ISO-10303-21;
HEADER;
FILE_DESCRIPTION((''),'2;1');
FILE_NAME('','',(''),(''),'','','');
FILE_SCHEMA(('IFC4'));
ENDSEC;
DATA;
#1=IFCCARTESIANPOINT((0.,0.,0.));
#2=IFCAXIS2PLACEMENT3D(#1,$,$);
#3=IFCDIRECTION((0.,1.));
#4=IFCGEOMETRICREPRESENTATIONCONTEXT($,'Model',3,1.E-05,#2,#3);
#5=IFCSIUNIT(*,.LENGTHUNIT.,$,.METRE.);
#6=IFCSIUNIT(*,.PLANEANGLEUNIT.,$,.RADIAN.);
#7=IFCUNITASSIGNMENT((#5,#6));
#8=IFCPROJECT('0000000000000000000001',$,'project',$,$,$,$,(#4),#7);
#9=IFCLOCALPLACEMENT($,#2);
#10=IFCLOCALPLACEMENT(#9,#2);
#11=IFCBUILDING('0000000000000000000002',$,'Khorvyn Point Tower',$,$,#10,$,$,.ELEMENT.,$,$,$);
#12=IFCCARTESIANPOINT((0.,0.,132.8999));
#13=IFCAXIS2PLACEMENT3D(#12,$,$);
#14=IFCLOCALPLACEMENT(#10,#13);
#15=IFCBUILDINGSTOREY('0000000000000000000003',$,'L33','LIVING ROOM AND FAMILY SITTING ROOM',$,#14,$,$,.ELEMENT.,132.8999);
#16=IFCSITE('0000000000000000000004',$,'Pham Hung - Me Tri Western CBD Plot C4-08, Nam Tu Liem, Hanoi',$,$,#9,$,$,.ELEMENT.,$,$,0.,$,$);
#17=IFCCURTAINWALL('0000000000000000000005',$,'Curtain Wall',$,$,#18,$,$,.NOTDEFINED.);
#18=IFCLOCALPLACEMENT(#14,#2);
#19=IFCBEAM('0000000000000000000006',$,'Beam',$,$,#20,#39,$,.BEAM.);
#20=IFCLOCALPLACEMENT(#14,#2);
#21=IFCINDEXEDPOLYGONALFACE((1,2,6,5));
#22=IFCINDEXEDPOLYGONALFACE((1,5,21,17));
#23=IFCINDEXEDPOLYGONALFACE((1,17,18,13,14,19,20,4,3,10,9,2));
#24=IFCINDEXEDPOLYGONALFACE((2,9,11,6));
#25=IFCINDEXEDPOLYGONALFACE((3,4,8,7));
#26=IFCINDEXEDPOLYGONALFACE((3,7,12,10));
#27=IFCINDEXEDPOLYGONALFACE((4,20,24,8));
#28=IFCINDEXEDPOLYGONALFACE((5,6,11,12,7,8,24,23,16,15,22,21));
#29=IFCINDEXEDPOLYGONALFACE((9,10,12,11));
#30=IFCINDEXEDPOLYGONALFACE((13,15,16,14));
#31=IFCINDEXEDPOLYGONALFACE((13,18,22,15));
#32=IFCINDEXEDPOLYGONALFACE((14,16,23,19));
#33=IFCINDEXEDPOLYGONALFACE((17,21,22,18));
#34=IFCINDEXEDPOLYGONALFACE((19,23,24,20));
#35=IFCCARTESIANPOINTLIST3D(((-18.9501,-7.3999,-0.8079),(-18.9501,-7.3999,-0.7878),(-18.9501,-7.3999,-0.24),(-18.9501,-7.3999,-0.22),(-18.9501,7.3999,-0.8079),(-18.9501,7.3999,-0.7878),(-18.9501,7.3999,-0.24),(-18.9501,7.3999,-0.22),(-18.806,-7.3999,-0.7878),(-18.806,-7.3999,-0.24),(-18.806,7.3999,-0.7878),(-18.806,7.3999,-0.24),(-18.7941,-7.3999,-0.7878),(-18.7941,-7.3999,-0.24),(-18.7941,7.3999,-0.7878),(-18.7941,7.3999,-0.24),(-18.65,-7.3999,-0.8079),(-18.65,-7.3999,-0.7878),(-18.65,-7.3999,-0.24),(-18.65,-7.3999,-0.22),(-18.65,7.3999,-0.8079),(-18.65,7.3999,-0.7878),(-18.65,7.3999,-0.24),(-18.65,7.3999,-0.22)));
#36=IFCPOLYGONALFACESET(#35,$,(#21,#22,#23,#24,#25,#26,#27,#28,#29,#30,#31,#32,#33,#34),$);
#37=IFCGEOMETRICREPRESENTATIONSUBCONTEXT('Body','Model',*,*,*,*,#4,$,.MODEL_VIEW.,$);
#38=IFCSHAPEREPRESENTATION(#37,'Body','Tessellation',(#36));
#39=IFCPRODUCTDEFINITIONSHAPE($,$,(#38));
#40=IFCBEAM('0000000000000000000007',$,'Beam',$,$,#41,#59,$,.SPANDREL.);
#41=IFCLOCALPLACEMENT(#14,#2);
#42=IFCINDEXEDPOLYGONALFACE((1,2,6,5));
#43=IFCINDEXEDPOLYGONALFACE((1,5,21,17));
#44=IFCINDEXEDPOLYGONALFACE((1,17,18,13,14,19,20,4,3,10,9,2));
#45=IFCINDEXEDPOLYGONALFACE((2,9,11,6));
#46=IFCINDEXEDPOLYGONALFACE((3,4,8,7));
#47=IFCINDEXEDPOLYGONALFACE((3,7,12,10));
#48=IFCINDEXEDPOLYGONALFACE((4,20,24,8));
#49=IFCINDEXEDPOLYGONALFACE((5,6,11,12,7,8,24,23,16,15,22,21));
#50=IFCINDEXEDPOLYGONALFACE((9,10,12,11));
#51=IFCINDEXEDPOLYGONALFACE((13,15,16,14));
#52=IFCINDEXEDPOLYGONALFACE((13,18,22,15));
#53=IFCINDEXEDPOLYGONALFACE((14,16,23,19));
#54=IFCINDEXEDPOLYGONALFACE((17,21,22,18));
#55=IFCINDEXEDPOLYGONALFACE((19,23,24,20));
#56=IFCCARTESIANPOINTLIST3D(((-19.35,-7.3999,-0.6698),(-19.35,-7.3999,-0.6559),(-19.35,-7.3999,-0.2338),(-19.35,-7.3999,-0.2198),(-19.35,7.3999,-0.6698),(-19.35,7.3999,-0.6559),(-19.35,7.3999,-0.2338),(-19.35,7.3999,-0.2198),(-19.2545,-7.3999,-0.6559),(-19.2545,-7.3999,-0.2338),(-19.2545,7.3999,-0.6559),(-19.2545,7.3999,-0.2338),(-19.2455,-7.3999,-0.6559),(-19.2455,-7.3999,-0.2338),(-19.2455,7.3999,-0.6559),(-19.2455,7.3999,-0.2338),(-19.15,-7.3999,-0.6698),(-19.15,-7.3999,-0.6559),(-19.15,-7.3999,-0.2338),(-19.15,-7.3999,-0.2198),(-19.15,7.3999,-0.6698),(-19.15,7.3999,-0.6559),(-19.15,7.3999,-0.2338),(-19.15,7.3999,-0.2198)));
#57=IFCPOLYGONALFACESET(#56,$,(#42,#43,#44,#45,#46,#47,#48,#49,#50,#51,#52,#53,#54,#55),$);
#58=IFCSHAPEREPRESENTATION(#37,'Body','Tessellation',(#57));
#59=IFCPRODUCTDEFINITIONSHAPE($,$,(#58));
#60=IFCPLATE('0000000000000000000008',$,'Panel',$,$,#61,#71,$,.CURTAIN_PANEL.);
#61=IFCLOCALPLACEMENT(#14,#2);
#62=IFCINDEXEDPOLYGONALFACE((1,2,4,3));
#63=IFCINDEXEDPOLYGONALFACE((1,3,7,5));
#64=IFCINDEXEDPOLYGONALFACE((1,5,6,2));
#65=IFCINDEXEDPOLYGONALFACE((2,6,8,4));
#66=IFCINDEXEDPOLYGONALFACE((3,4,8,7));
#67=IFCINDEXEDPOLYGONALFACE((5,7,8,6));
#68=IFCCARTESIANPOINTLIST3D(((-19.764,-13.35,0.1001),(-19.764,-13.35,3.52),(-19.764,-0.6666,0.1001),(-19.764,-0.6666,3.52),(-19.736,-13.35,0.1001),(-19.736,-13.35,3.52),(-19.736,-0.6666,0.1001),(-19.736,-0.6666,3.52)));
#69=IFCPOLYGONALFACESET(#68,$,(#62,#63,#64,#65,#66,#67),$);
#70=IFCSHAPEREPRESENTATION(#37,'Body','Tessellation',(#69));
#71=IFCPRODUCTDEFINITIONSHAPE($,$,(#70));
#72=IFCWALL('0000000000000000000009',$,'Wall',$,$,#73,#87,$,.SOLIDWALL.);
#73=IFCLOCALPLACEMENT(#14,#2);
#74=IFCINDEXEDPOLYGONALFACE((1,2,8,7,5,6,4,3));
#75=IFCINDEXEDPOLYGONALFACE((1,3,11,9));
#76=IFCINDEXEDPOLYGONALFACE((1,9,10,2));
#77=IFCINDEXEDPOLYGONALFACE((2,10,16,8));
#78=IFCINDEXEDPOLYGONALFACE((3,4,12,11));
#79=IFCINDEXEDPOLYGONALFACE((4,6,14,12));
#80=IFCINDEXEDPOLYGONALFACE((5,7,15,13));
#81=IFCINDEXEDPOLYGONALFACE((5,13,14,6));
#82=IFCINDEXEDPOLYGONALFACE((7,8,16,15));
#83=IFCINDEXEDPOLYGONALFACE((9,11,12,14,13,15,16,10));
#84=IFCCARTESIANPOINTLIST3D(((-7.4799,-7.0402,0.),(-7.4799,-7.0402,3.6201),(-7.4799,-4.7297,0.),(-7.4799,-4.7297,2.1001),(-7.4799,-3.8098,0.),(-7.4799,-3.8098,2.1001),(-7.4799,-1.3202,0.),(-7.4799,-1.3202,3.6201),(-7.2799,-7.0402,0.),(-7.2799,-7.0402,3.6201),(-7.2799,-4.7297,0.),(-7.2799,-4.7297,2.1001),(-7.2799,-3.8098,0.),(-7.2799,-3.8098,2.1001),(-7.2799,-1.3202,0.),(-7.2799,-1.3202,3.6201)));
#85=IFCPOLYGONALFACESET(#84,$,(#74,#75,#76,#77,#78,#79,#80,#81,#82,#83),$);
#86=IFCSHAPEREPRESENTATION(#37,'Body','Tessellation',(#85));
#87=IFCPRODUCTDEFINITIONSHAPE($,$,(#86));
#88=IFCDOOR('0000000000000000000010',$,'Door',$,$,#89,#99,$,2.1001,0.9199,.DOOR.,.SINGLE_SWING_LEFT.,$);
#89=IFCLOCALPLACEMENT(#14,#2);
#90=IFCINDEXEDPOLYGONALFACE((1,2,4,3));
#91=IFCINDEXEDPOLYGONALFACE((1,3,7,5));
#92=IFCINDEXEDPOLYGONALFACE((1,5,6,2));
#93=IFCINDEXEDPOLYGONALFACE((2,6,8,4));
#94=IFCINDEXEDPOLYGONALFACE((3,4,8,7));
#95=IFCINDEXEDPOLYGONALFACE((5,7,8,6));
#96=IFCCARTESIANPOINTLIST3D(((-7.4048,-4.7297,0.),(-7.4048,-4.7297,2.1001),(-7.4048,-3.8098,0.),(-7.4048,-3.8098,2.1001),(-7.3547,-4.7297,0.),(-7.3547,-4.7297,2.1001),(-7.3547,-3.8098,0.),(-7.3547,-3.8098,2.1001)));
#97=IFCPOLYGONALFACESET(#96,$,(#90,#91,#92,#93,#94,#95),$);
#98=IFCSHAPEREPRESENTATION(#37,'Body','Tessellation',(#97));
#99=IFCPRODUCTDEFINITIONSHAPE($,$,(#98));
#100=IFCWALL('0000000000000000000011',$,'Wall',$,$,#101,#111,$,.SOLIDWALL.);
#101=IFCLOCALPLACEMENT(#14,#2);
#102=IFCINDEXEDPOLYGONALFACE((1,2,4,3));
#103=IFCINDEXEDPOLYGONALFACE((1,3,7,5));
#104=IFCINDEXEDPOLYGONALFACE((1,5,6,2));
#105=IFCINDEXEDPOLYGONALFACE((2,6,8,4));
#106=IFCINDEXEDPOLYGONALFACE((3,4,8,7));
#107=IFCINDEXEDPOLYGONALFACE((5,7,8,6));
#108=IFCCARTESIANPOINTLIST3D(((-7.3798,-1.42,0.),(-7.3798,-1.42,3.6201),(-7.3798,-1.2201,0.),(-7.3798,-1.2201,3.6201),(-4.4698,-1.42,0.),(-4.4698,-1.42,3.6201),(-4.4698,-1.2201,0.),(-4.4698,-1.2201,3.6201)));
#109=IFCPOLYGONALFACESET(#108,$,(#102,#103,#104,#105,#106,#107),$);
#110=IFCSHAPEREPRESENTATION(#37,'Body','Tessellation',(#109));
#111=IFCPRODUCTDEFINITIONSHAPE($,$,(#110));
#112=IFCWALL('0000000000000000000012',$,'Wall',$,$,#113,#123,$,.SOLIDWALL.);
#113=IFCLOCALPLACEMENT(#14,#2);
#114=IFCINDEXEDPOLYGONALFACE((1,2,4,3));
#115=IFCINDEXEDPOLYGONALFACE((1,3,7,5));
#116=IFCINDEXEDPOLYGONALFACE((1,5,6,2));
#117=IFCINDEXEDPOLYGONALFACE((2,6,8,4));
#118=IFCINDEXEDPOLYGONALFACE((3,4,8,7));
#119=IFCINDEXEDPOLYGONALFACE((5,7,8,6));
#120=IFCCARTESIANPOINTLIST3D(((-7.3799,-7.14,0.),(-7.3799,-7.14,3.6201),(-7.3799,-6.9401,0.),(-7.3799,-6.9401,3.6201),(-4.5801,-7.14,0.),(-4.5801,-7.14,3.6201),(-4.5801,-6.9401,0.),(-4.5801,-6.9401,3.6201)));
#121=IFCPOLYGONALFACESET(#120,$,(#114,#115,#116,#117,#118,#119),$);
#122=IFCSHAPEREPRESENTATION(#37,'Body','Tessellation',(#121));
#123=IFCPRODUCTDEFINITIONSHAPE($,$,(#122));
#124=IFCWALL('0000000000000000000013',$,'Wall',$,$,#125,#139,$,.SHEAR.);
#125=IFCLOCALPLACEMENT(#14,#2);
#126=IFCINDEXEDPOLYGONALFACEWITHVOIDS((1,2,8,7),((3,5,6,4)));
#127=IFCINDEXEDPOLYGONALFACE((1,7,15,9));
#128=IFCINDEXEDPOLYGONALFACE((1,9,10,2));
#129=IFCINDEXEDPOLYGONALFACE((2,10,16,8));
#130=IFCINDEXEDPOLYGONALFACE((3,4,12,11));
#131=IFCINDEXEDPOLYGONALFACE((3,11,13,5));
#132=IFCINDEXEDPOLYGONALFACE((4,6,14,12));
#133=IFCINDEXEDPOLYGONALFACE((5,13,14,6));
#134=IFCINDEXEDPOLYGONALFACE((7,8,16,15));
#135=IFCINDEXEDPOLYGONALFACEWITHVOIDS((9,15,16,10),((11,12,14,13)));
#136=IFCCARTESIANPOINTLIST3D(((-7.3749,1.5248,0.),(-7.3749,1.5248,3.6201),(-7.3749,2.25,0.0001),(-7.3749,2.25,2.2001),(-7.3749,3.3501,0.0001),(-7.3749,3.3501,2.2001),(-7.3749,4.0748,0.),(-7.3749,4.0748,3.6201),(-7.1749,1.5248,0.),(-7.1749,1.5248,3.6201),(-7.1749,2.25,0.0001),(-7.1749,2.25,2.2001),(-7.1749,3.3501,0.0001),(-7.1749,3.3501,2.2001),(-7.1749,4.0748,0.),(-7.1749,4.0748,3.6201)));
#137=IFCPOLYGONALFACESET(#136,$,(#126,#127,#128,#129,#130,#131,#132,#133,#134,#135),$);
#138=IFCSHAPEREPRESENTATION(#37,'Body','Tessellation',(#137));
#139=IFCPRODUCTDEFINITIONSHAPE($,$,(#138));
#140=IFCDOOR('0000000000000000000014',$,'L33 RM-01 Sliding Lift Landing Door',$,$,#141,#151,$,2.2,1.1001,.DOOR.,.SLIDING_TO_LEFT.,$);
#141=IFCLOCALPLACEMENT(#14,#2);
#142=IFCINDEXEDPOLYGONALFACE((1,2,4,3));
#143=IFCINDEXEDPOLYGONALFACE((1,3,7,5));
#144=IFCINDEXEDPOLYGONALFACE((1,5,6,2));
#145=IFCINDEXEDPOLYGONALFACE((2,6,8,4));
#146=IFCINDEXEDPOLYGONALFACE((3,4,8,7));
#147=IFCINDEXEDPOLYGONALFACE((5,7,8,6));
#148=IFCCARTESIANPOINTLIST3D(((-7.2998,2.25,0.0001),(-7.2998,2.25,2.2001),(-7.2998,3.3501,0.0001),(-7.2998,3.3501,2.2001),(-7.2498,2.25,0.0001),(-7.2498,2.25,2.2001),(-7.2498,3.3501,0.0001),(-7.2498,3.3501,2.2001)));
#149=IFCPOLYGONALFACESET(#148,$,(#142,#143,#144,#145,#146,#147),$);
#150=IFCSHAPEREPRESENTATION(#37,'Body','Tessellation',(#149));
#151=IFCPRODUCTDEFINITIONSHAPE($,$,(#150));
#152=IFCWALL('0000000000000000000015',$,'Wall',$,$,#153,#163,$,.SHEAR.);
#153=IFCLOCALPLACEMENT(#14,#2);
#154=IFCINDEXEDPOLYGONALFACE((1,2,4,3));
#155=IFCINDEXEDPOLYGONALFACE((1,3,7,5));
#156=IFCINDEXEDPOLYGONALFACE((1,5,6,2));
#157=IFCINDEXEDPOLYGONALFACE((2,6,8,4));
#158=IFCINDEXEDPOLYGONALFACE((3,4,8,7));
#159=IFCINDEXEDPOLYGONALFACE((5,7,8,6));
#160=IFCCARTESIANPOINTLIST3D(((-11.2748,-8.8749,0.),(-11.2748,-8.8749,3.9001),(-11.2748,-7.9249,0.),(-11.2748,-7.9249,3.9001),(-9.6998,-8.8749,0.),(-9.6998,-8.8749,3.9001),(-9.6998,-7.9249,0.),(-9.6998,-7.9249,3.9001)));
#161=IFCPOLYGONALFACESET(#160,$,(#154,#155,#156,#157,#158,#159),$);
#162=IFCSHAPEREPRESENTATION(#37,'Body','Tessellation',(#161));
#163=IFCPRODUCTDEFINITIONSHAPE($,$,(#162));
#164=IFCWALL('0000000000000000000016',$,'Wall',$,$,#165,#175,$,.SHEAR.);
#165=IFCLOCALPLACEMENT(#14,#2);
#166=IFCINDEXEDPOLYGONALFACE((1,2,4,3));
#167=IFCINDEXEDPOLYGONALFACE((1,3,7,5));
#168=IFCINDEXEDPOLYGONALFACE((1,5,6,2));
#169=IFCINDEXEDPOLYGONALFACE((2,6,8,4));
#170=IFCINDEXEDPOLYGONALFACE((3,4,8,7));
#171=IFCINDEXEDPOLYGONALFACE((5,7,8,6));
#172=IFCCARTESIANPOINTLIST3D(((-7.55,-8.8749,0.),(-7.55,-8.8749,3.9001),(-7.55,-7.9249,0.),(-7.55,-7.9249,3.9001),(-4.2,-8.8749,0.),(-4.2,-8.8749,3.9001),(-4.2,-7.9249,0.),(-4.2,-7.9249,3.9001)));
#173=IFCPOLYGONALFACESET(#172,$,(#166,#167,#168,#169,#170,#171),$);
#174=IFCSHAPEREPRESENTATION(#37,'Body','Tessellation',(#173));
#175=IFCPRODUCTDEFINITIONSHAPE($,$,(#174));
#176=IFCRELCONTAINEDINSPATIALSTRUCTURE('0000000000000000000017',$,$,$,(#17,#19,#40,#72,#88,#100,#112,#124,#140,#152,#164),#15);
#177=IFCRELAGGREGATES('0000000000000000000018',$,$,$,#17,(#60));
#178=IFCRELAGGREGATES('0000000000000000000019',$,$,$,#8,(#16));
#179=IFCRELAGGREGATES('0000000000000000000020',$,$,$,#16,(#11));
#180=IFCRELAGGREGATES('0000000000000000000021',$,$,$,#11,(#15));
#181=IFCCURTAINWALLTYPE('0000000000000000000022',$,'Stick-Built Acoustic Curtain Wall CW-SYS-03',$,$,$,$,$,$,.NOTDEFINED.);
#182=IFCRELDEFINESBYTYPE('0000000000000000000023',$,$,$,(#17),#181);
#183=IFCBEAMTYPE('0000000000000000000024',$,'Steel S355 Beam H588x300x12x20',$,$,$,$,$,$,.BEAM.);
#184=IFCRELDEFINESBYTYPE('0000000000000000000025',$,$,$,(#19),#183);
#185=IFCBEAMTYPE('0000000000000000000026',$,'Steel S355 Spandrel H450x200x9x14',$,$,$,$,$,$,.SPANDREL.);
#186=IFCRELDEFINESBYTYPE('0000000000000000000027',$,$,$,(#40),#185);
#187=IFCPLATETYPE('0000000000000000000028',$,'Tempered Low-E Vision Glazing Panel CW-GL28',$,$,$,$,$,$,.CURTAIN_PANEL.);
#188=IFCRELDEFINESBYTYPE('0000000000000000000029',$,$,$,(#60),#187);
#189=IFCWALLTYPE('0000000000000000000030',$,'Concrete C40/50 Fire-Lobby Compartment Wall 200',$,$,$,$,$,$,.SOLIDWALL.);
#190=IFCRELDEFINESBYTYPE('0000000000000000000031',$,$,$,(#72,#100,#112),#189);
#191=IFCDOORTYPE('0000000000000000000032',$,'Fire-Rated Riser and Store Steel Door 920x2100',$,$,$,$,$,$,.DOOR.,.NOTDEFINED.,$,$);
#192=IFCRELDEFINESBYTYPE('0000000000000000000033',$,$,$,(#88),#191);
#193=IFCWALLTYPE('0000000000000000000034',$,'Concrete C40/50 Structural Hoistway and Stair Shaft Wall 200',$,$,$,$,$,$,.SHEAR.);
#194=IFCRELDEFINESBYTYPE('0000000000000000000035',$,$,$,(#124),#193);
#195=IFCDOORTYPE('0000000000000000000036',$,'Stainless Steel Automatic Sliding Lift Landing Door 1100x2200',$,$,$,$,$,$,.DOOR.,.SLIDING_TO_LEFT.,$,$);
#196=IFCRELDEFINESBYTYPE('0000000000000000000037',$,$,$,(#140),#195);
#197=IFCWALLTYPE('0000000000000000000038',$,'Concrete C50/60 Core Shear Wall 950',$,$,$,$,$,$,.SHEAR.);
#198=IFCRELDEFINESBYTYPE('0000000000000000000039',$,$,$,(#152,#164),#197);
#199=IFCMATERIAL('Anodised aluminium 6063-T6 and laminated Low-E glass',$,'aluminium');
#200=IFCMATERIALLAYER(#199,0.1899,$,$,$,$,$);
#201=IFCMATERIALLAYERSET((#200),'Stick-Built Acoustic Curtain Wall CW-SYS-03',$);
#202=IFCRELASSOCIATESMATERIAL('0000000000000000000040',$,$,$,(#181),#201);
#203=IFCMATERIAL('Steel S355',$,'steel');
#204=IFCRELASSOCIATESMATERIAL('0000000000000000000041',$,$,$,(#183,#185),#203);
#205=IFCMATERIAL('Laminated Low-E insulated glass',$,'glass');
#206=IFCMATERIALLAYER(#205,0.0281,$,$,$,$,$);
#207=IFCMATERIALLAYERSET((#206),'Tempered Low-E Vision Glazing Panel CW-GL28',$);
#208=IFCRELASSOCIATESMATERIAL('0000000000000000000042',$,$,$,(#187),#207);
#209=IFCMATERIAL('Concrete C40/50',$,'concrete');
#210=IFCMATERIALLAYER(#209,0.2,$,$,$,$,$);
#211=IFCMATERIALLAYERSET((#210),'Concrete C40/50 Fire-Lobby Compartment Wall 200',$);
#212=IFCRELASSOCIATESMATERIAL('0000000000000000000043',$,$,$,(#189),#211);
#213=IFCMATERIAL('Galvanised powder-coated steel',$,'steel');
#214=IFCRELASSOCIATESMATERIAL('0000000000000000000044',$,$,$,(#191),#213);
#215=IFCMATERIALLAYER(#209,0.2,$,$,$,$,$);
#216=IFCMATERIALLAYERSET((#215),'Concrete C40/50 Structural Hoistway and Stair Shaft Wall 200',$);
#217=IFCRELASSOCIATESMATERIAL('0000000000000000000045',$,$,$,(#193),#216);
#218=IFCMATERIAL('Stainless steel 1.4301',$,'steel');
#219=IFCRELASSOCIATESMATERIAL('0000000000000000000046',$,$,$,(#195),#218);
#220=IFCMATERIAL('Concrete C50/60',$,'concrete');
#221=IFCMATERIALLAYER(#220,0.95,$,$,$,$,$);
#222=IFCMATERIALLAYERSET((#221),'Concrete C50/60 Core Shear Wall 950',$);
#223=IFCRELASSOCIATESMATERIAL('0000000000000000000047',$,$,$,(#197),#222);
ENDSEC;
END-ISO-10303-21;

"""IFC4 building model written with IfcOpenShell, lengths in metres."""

from ifc_helpers import new_model, si_unit, direction, frame, frame_2d, origin, origin_2d, place, context, subcontext, project, spatial, rectangle, i_section, extrude, material, layer, layer_set, material_profile, profile_set, type_object, element, fill, aggregate, save


model = new_model("IFC4")

# Units and contexts
model_context = context("Model", 3, precision=1e-05, world=origin(), true_north=direction((0.0, 1.0)))
body_context = subcontext(model_context, "Body", "Model", "MODEL_VIEW")
ifc_project = project(units=[si_unit("LENGTHUNIT", "METRE"), si_unit("PLANEANGLEUNIT", "RADIAN")], contexts=[model_context])

# Site, building, storey
site_placement = place(None, origin())
site = spatial("IfcSite", under=ifc_project, at=site_placement, Name="Pham Hung - Me Tri Western CBD Plot C4-08, Nam Tu Liem, Hanoi", CompositionType="ELEMENT", RefElevation=0.0)
building_placement = place(site_placement, origin())
building = spatial("IfcBuilding", under=site, at=building_placement, Name="Khorvyn Point Tower", CompositionType="ELEMENT")
storey_placement = place(building_placement, frame((0.0, 0.0, 132.8999)))
storey = spatial("IfcBuildingStorey", under=building, at=storey_placement, Name="L33", Description="LIVING ROOM AND FAMILY SITTING ROOM", CompositionType="ELEMENT", Elevation=132.8999)

# Shared definitions
ifc_material_1 = material(Name="Concrete C50/60", Category="concrete")

# Curtain wall
ifc_material_2 = material(Name="Anodised aluminium 6063-T6 and laminated Low-E glass", Category="aluminium")
ifc_layer_1 = layer(ifc_material_2, 0.1899)
ifc_layer_set_1 = layer_set([ifc_layer_1], Name="Stick-Built Acoustic Curtain Wall CW-SYS-03")
curtain_wall_type = type_object("IfcCurtainWallType", Name="Stick-Built Acoustic Curtain Wall CW-SYS-03", PredefinedType="NOTDEFINED", material=ifc_layer_set_1)
curtain_wall_placement = place(storey_placement, origin())
curtain_wall = element("IfcCurtainWall", 1, at=curtain_wall_placement, inside=storey, type_object=curtain_wall_type, Name="Curtain Wall", PredefinedType="NOTDEFINED")

# Beams
ifc_material_3 = material(Name="Steel S355", Category="steel")
ifc_material_profile_1 = material_profile(ifc_material_3, i_section(OverallWidth=0.3, OverallDepth=0.5879, WebThickness=0.012, FlangeThickness=0.02, at=origin_2d()))
ifc_profile_set_1 = profile_set([ifc_material_profile_1], Name="Steel S355 H588x300x12x20")
beam_type_1 = type_object("IfcBeamType", Name="Steel S355 Beam H588x300x12x20", PredefinedType="BEAM", material=ifc_profile_set_1)
for number, where, z_axis, x_axis, name in (
    (2, (-18.8, -7.3999, -0.5139), (0.0, 1.0, 0.0), (-1.0, 0.0, 0.0), "Beam"),
):
    element("IfcBeam", number, at=place(storey_placement, frame(where, z_axis=z_axis, x_axis=x_axis)), inside=storey, type_object=beam_type_1, Name=name, PredefinedType="BEAM", context=body_context, shape_type="SweptSolid", body=[
        extrude(i_section(OverallWidth=0.3, OverallDepth=0.5879, WebThickness=0.012, FlangeThickness=0.02, at=origin_2d()), origin(), (0.0, 0.0, 1.0), 14.7998),
    ])
ifc_material_profile_2 = material_profile(ifc_material_3, i_section(OverallWidth=0.2, OverallDepth=0.45, WebThickness=0.009, FlangeThickness=0.0139, at=origin_2d()))
ifc_profile_set_2 = profile_set([ifc_material_profile_2], Name="Steel S355 H450x200x9x14")
beam_type_2 = type_object("IfcBeamType", Name="Steel S355 Spandrel H450x200x9x14", PredefinedType="SPANDREL", material=ifc_profile_set_2)
beam_1_placement = place(storey_placement, frame((-19.25, -7.3999, -0.4448), z_axis=(0.0, 1.0, 0.0), x_axis=(-1.0, 0.0, 0.0)))
element("IfcBeam", 3, at=beam_1_placement, inside=storey, type_object=beam_type_2, Name="Beam", PredefinedType="SPANDREL", context=body_context, shape_type="SweptSolid", body=[
    extrude(i_section(OverallWidth=0.2, OverallDepth=0.45, WebThickness=0.009, FlangeThickness=0.0139, at=origin_2d()), origin(), (0.0, 0.0, 1.0), 14.7998),
])

# Plate
ifc_material_4 = material(Name="Laminated Low-E insulated glass", Category="glass")
ifc_layer_2 = layer(ifc_material_4, 0.0281)
ifc_layer_set_2 = layer_set([ifc_layer_2], Name="Tempered Low-E Vision Glazing Panel CW-GL28")
plate_type = type_object("IfcPlateType", Name="Tempered Low-E Vision Glazing Panel CW-GL28", PredefinedType="CURTAIN_PANEL", material=ifc_layer_set_2)
plate_placement = place(storey_placement, frame((-19.75, -7.0083, 0.1001), z_axis=(0.0, 0.0, 1.0), x_axis=(0.0, 1.0, 0.0)))
plate = element("IfcPlate", 4, at=plate_placement, type_object=plate_type, Name="Panel", PredefinedType="CURTAIN_PANEL", context=body_context, shape_type="SweptSolid", body=[
    extrude(rectangle(XDim=12.6833, YDim=0.0281, at=origin_2d()), origin(), (0.0, 0.0, 1.0), 3.4199),
])
aggregate(curtain_wall, [plate])

# Wall, opening, door
ifc_material_5 = material(Name="Concrete C40/50", Category="concrete")
ifc_layer_3 = layer(ifc_material_5, 0.2)
ifc_layer_set_3 = layer_set([ifc_layer_3], Name="Concrete C40/50 Fire-Lobby Compartment Wall 200")
wall_type_1 = type_object("IfcWallType", Name="Concrete C40/50 Fire-Lobby Compartment Wall 200", PredefinedType="SOLIDWALL", material=ifc_layer_set_3)
ifc_material_6 = material(Name="Galvanised powder-coated steel", Category="steel")
wall_1_placement = place(storey_placement, frame((-7.3799, -7.04, 0.0), z_axis=(0.0, 0.0, 1.0), x_axis=(0.0, 1.0, 0.0)))
wall_1 = element("IfcWall", 5, at=wall_1_placement, inside=storey, type_object=wall_type_1, Name="Wall", PredefinedType="SOLIDWALL", context=body_context, shape_type="SweptSolid", body=[
    extrude(rectangle(XDim=5.72, YDim=0.2, at=frame_2d((2.8599, 0.0))), origin(), (0.0, 0.0, 1.0), 3.6201),
])
opening_1_placement = place(wall_1_placement, frame((2.3103, 0.0, 0.0)))
opening_1 = element("IfcOpeningElement", 6, at=opening_1_placement, cuts=wall_1, PredefinedType="OPENING", context=body_context, shape_type="SweptSolid", body=[
    extrude(rectangle(XDim=0.9199, YDim=2.1001, at=frame_2d((0.46, 1.05))), frame((0.0, 0.1099, 0.0), z_axis=(0.0, -1.0, 0.0), x_axis=(1.0, 0.0, 0.0)), (0.0, 0.0, 1.0), 0.22),
])
door_type_1 = type_object("IfcDoorType", Name="Fire-Rated Riser and Store Steel Door 920x2100", OperationType="NOTDEFINED", PredefinedType="DOOR", material=ifc_material_6)
door_1_placement = place(opening_1_placement, origin())
door_1 = element("IfcDoor", 7, at=door_1_placement, inside=storey, type_object=door_type_1, Name="Door", OperationType="SINGLE_SWING_LEFT", OverallHeight=2.1001, OverallWidth=0.9199, PredefinedType="DOOR", context=body_context, shape_type="SweptSolid", body=[
    extrude(rectangle(XDim=0.9199, YDim=2.1001, at=frame_2d((0.46, 1.05))), frame((0.0, 0.0249, 0.0), z_axis=(0.0, -1.0, 0.0), x_axis=(1.0, 0.0, 0.0)), (0.0, 0.0, 1.0), 0.05),
])
fill(opening_1, door_1)

# Walls
wall_2_placement = place(storey_placement, frame((-7.3799, -1.3201, 0.0), z_axis=(0.0, 0.0, 1.0), x_axis=(1.0, 0.0, 0.0)))
element("IfcWall", 8, at=wall_2_placement, inside=storey, type_object=wall_type_1, Name="Wall", PredefinedType="SOLIDWALL", context=body_context, shape_type="SweptSolid", body=[
    extrude(rectangle(XDim=2.9099, YDim=0.2, at=frame_2d((1.4551, 0.0))), origin(), (0.0, 0.0, 1.0), 3.6201),
])
wall_3_placement = place(storey_placement, frame((-7.3799, -7.04, 0.0), z_axis=(0.0, 0.0, 1.0), x_axis=(1.0, 0.0, 0.0)))
element("IfcWall", 9, at=wall_3_placement, inside=storey, type_object=wall_type_1, Name="Wall", PredefinedType="SOLIDWALL", context=body_context, shape_type="SweptSolid", body=[
    extrude(rectangle(XDim=2.7998, YDim=0.2, at=frame_2d((1.3999, 0.0))), origin(), (0.0, 0.0, 1.0), 3.6201),
])

# Wall, opening, door
ifc_layer_4 = layer(ifc_material_5, 0.2)
ifc_layer_set_4 = layer_set([ifc_layer_4], Name="Concrete C40/50 Structural Hoistway and Stair Shaft Wall 200")
wall_type_2 = type_object("IfcWallType", Name="Concrete C40/50 Structural Hoistway and Stair Shaft Wall 200", PredefinedType="SHEAR", material=ifc_layer_set_4)
wall_4_placement = place(storey_placement, frame((-7.2749, 1.5249, 0.0), z_axis=(0.0, 0.0, 1.0), x_axis=(0.0, 1.0, 0.0)))
wall_4 = element("IfcWall", 10, at=wall_4_placement, inside=storey, type_object=wall_type_2, Name="Wall", PredefinedType="SHEAR", context=body_context, shape_type="SweptSolid", body=[
    extrude(rectangle(XDim=2.55, YDim=0.2, at=frame_2d((1.2749, 0.0))), origin(), (0.0, 0.0, 1.0), 3.6201),
])
opening_2_placement = place(wall_4_placement, frame((0.7251, 0.0, 0.0)))
opening_2 = element("IfcOpeningElement", 11, at=opening_2_placement, cuts=wall_4, PredefinedType="OPENING", context=body_context, shape_type="SweptSolid", body=[
    extrude(rectangle(XDim=1.1001, YDim=2.2, at=frame_2d((0.55, 1.1001))), frame((0.0, 0.1099, 0.0), z_axis=(0.0, -1.0, 0.0), x_axis=(1.0, 0.0, 0.0)), (0.0, 0.0, 1.0), 0.22),
])
ifc_material_7 = material(Name="Stainless steel 1.4301", Category="steel")
door_type_2 = type_object("IfcDoorType", Name="Stainless Steel Automatic Sliding Lift Landing Door 1100x2200", OperationType="SLIDING_TO_LEFT", PredefinedType="DOOR", material=ifc_material_7)
door_2_placement = place(opening_2_placement, origin())
door_2 = element("IfcDoor", 12, at=door_2_placement, inside=storey, type_object=door_type_2, Name="L33 RM-01 Sliding Lift Landing Door", OperationType="SLIDING_TO_LEFT", OverallHeight=2.2, OverallWidth=1.1001, PredefinedType="DOOR", context=body_context, shape_type="SweptSolid", body=[
    extrude(rectangle(XDim=1.1001, YDim=2.2, at=frame_2d((0.55, 1.1001))), frame((0.0, 0.0249, 0.0), z_axis=(0.0, -1.0, 0.0), x_axis=(1.0, 0.0, 0.0)), (0.0, 0.0, 1.0), 0.05),
])
fill(opening_2, door_2)

# Walls
ifc_layer_5 = layer(ifc_material_1, 0.95)
ifc_layer_set_5 = layer_set([ifc_layer_5], Name="Concrete C50/60 Core Shear Wall 950")
wall_type_3 = type_object("IfcWallType", Name="Concrete C50/60 Core Shear Wall 950", PredefinedType="SHEAR", material=ifc_layer_set_5)
wall_5_placement = place(storey_placement, frame((-11.2749, -8.3999, 0.0), z_axis=(0.0, 0.0, 1.0), x_axis=(1.0, 0.0, 0.0)))
element("IfcWall", 13, at=wall_5_placement, inside=storey, type_object=wall_type_3, Name="Wall", PredefinedType="SHEAR", context=body_context, shape_type="SweptSolid", body=[
    extrude(rectangle(XDim=1.575, YDim=0.95, at=frame_2d((0.7876, 0.0))), origin(), (0.0, 0.0, 1.0), 3.9001),
])
wall_6_placement = place(storey_placement, frame((-7.55, -8.3999, 0.0), z_axis=(0.0, 0.0, 1.0), x_axis=(1.0, 0.0, 0.0)))
element("IfcWall", 14, at=wall_6_placement, inside=storey, type_object=wall_type_3, Name="Wall", PredefinedType="SHEAR", context=body_context, shape_type="SweptSolid", body=[
    extrude(rectangle(XDim=3.3501, YDim=0.95, at=frame_2d((1.675, 0.0))), origin(), (0.0, 0.0, 1.0), 3.9001),
])

save(model, "model.ifc")
